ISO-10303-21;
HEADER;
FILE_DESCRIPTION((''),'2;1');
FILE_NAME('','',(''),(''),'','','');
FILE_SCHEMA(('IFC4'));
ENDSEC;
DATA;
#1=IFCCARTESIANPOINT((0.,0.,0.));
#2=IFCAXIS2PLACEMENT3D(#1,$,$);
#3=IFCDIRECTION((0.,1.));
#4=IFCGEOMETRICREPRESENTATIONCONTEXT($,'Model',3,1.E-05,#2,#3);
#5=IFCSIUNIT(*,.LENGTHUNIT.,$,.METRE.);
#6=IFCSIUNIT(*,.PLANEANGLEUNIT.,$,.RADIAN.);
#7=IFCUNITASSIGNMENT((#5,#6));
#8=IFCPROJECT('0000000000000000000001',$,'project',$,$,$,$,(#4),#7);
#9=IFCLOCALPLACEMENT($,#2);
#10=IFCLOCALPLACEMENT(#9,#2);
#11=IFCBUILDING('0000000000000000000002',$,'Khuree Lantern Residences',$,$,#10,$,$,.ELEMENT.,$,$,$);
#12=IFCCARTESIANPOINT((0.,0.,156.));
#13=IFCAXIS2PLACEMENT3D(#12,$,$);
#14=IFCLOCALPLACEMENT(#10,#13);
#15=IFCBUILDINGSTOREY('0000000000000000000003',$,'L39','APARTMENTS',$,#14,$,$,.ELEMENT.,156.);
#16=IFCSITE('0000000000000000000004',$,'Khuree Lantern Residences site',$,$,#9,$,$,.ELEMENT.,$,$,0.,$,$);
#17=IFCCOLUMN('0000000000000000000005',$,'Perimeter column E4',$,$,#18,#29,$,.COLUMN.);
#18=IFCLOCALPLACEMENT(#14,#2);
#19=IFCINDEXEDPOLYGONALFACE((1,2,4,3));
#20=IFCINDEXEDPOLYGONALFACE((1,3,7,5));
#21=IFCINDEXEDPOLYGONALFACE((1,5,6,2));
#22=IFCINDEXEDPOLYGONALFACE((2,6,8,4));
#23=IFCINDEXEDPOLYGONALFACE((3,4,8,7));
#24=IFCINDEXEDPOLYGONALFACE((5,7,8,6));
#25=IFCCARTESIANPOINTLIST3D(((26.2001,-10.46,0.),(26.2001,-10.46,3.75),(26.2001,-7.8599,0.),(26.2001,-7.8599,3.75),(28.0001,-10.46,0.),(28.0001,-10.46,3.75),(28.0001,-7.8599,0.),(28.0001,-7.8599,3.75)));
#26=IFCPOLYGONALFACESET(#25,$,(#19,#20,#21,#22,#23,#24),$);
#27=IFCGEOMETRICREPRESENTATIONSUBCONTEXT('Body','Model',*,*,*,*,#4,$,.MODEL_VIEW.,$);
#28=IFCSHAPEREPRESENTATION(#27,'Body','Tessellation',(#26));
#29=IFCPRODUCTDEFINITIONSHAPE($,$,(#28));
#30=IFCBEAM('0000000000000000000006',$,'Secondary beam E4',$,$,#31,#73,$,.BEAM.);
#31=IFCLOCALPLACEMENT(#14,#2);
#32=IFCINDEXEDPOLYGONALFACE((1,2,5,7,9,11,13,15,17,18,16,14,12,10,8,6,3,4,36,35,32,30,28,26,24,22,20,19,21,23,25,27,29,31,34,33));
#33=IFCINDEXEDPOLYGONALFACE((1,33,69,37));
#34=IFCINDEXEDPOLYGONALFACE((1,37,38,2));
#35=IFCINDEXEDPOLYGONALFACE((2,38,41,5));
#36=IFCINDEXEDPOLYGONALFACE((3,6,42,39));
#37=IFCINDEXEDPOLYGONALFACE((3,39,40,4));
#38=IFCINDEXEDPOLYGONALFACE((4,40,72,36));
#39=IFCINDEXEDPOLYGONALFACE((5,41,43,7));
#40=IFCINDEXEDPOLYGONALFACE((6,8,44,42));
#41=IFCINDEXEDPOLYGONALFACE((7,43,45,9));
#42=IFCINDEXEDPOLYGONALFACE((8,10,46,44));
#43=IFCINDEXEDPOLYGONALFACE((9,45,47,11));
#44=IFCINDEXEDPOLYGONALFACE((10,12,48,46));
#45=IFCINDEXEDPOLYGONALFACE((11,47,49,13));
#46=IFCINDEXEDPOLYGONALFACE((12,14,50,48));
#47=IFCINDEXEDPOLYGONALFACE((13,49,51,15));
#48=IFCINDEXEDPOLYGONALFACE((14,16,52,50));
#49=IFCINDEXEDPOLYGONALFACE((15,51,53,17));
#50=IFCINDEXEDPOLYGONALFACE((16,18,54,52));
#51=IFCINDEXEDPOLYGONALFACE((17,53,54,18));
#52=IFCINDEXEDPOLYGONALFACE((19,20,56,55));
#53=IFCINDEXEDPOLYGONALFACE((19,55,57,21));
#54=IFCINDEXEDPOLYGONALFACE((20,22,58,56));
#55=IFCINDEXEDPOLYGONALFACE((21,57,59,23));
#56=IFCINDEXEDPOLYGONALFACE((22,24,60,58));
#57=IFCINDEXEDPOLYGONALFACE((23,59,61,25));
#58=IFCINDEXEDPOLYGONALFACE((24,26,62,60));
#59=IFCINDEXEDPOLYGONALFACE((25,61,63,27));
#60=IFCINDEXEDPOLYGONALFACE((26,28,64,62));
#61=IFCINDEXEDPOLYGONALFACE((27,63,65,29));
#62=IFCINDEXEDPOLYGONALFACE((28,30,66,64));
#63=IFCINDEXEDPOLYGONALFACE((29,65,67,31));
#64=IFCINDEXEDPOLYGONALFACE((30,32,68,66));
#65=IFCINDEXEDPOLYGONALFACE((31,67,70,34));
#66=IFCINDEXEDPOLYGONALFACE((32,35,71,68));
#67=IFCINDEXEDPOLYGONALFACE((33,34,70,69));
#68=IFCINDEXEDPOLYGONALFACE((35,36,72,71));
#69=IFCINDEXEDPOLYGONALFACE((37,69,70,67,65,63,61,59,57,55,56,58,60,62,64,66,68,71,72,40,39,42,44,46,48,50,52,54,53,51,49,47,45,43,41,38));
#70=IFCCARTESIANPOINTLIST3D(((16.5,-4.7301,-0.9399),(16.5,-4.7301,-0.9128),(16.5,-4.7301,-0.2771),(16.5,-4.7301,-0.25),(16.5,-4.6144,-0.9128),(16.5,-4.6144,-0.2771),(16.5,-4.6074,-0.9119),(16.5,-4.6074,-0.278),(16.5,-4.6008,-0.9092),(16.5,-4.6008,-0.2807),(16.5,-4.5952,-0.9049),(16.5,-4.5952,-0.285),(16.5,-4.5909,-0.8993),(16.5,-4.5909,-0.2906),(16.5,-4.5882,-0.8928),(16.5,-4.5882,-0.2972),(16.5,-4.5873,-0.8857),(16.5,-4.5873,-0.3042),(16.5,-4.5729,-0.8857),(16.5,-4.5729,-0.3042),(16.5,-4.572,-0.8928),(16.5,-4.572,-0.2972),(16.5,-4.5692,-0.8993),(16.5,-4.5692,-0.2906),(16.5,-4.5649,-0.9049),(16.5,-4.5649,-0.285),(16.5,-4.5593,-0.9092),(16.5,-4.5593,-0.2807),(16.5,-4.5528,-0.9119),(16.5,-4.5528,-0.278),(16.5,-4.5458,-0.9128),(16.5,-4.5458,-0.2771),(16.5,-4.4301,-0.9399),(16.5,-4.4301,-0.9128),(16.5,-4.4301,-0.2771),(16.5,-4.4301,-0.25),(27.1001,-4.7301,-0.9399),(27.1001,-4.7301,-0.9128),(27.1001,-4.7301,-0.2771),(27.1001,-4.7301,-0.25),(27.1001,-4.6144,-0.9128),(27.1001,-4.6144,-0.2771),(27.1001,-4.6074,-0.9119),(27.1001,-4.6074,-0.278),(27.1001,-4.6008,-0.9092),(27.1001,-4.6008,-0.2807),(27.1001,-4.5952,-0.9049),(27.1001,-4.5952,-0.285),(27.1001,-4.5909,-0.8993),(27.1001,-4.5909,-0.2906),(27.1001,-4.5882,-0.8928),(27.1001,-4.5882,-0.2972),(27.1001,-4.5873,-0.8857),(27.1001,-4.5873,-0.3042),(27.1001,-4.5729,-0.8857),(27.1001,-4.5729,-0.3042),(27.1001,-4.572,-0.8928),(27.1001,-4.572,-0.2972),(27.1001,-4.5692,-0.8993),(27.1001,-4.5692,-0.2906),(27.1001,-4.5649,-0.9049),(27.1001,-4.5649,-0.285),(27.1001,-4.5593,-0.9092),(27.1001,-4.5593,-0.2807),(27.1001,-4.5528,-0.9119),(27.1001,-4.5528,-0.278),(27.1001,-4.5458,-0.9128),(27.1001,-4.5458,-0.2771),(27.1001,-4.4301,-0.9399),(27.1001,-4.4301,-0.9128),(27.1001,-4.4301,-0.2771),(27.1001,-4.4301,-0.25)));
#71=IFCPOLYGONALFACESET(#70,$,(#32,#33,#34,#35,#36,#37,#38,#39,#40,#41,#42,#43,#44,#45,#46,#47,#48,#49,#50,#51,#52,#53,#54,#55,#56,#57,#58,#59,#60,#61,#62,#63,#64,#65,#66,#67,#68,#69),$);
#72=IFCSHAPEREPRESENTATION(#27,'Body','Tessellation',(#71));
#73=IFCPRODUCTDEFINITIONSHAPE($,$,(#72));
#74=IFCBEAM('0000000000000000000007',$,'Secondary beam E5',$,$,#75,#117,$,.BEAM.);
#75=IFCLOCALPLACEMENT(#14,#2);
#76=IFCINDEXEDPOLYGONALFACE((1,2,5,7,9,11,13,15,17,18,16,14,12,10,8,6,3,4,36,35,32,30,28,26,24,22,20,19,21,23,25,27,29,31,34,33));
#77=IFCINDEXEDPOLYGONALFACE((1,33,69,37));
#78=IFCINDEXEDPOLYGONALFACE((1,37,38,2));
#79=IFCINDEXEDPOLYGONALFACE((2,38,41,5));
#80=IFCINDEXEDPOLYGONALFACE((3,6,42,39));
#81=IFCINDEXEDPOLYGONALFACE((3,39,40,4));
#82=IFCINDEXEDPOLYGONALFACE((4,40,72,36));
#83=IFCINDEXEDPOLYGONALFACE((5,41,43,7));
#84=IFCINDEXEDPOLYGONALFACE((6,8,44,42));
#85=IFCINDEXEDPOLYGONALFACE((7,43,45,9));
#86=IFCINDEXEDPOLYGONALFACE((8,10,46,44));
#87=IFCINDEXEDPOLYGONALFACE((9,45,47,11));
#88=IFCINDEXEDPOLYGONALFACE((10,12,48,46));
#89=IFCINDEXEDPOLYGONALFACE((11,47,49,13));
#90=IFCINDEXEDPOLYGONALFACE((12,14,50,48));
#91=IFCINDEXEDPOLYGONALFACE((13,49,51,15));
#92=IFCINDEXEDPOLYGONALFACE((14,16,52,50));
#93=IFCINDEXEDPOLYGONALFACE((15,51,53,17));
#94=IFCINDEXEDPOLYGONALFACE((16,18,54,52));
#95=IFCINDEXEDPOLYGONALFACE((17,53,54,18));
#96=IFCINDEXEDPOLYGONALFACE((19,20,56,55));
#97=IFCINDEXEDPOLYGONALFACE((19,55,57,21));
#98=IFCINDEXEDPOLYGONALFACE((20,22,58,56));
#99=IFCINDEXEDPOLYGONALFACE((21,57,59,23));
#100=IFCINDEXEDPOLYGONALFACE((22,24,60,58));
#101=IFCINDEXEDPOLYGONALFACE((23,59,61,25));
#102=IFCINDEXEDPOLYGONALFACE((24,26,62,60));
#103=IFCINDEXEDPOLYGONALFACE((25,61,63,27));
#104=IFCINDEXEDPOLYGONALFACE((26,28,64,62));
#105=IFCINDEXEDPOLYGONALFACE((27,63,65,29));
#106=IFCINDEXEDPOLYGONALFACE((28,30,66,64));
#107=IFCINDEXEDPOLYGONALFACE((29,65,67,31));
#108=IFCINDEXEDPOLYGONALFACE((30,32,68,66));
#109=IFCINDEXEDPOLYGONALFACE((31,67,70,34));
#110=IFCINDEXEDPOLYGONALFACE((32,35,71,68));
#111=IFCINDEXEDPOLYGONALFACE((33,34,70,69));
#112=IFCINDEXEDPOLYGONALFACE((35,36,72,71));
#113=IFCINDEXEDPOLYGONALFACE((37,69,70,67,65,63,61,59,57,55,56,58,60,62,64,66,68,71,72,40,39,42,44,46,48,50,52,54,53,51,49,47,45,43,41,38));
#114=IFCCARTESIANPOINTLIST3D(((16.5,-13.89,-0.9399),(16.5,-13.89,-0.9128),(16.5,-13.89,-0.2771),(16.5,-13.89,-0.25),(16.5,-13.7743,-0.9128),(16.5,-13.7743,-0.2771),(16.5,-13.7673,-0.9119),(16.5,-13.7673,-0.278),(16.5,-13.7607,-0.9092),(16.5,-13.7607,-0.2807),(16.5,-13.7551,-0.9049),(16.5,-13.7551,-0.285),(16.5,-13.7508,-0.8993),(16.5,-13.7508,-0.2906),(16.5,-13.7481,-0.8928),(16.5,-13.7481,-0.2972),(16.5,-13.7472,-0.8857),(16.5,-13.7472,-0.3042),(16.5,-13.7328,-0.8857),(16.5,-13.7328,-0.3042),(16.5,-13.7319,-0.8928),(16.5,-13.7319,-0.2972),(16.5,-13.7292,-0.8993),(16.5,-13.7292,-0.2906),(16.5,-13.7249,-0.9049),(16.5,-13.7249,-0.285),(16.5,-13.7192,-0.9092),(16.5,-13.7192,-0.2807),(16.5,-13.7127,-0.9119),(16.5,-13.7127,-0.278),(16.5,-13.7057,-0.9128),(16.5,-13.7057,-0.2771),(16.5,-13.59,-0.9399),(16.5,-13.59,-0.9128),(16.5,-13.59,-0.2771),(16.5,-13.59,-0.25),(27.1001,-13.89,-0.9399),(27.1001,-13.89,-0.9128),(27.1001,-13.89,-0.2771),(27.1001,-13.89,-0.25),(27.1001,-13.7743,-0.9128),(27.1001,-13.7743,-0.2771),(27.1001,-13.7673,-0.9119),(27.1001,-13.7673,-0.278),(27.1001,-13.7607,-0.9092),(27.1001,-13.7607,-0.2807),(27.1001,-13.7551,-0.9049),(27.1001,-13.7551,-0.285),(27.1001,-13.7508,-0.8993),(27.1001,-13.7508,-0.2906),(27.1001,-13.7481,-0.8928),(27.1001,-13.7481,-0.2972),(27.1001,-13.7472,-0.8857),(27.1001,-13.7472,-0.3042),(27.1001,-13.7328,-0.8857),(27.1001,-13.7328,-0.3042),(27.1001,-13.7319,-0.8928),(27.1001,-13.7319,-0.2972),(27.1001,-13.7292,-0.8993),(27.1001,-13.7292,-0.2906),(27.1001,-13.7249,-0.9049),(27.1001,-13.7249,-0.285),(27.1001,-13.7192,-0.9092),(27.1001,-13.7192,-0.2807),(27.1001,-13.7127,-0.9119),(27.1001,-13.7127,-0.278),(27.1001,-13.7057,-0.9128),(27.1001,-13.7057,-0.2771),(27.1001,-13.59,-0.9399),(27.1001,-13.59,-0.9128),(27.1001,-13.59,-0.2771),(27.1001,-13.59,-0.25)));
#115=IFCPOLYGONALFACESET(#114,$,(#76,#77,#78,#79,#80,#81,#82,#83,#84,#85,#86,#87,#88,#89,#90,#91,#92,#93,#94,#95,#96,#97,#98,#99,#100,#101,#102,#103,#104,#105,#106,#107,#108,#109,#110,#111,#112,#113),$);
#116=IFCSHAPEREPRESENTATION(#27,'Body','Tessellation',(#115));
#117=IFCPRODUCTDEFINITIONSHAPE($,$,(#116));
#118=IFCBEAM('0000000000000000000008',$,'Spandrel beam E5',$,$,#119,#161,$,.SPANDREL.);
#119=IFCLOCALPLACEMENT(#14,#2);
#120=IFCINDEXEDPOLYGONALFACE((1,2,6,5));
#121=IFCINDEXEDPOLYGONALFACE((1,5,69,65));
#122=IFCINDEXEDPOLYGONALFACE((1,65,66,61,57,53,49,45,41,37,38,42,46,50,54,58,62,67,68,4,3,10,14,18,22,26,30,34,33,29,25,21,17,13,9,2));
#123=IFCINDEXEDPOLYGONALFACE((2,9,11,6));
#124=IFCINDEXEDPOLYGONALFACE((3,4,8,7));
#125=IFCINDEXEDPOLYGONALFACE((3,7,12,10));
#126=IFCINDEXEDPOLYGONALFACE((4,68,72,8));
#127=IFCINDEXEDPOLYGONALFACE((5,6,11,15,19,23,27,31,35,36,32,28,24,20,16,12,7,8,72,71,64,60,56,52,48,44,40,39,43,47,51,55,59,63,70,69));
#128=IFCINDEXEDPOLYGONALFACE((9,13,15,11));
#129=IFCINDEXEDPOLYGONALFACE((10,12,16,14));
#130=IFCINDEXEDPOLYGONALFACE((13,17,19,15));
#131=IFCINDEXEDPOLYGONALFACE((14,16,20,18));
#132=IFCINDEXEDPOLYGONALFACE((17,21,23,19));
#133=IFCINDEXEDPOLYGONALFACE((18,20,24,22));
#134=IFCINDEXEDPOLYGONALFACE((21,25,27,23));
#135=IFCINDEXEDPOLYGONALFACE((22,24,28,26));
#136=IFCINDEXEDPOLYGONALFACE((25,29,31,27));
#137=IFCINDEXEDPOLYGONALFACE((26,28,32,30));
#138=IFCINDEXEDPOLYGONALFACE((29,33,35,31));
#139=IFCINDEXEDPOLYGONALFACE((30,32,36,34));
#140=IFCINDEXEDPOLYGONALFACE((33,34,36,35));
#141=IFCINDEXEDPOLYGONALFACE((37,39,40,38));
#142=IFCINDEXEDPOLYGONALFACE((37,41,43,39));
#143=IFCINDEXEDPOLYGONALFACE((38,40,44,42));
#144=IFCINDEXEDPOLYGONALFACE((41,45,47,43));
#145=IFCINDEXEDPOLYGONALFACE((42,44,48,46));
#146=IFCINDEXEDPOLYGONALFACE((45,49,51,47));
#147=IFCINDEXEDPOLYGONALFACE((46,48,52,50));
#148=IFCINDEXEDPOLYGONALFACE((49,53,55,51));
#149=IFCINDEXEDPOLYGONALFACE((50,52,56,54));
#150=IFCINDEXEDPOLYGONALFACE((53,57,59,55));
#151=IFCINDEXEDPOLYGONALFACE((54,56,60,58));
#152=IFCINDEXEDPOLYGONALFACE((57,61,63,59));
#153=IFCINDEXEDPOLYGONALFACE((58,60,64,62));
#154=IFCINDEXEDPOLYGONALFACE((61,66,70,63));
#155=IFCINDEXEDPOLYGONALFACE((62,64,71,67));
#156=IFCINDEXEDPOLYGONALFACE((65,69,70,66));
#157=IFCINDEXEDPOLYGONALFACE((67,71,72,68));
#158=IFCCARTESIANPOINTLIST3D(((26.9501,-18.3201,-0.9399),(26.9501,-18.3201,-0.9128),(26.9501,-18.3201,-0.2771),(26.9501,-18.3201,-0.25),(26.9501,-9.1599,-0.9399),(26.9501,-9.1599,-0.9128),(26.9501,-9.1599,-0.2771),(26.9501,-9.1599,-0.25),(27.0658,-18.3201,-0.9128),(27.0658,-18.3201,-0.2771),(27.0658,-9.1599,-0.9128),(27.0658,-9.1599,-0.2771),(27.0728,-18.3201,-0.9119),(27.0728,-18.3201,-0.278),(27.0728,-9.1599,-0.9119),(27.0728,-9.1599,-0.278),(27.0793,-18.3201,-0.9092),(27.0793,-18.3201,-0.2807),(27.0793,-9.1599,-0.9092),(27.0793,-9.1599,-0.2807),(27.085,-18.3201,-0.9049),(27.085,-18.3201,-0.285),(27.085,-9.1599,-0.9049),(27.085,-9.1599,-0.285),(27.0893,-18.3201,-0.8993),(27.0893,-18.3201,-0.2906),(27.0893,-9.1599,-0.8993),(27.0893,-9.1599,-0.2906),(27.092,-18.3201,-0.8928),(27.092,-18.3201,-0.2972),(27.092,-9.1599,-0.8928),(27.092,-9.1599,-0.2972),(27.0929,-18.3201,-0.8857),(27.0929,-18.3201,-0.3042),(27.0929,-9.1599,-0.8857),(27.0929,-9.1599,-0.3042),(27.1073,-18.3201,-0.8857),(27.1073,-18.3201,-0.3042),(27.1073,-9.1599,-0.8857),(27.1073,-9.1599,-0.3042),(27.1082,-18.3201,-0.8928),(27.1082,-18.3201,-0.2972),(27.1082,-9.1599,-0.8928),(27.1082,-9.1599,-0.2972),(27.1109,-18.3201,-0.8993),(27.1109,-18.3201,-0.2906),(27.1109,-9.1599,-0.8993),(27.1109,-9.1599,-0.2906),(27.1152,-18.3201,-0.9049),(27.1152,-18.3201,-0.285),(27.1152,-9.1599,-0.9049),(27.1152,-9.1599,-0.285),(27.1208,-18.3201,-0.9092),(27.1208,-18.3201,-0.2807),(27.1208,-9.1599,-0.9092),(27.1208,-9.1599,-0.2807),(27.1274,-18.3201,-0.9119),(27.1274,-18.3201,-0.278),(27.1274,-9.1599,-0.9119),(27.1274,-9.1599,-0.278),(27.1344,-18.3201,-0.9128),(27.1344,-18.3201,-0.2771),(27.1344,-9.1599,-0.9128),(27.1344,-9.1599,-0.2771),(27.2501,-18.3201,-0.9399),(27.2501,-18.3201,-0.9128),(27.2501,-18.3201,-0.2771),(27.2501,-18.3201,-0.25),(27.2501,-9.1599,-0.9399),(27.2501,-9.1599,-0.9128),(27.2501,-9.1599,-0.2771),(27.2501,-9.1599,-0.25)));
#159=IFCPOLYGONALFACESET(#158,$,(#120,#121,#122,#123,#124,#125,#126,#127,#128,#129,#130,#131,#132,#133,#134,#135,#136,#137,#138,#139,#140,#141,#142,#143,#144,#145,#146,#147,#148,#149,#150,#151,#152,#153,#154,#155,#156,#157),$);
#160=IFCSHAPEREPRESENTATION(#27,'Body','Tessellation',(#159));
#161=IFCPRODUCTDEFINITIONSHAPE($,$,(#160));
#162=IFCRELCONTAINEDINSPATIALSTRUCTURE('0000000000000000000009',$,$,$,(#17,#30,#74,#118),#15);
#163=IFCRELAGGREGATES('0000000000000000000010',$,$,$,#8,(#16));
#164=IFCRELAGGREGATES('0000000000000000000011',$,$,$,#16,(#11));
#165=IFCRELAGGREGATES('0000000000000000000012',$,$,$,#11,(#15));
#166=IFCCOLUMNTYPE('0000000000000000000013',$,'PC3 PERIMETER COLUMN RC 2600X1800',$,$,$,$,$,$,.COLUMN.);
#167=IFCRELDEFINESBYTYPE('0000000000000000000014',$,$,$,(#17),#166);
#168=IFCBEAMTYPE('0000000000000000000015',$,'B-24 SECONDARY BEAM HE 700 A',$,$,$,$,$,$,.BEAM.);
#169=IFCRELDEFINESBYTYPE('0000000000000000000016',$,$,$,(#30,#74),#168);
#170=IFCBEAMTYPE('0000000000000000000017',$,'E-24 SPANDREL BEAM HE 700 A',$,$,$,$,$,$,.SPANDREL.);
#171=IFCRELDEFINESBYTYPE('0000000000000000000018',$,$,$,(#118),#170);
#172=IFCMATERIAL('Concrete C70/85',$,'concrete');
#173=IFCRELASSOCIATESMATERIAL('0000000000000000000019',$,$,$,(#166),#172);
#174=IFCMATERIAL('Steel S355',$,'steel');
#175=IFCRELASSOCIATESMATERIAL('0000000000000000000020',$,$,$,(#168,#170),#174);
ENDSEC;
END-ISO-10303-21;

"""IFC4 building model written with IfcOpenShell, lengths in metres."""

from ifc_helpers import new_model, si_unit, direction, frame, origin, origin_2d, place, context, subcontext, project, spatial, rectangle, i_section, extrude, material, material_profile, profile_set, type_object, element, save


model = new_model("IFC4")

# Units and contexts
model_context = context("Model", 3, precision=1e-05, world=origin(), true_north=direction((0.0, 1.0)))
body_context = subcontext(model_context, "Body", "Model", "MODEL_VIEW")
ifc_project = project(units=[si_unit("LENGTHUNIT", "METRE"), si_unit("PLANEANGLEUNIT", "RADIAN")], contexts=[model_context])

# Site, building, storey
site_placement = place(None, origin())
site = spatial("IfcSite", under=ifc_project, at=site_placement, Name="Khuree Lantern Residences site", CompositionType="ELEMENT", RefElevation=0.0)
building_placement = place(site_placement, origin())
building = spatial("IfcBuilding", under=site, at=building_placement, Name="Khuree Lantern Residences", CompositionType="ELEMENT")
storey_placement = place(building_placement, frame((0.0, 0.0, 156.0)))
storey = spatial("IfcBuildingStorey", under=building, at=storey_placement, Name="L39", Description="APARTMENTS", CompositionType="ELEMENT", Elevation=156.0)

# Column
ifc_material_1 = material(Name="Concrete C70/85", Category="concrete")
ifc_material_profile_1 = material_profile(ifc_material_1, rectangle(XDim=2.6001, YDim=1.8, at=origin_2d()), Name="RC 2600X1800")
ifc_profile_set_1 = profile_set([ifc_material_profile_1], Name="Concrete C70/85")
column_type = type_object("IfcColumnType", Name="PC3 PERIMETER COLUMN RC 2600X1800", PredefinedType="COLUMN", material=ifc_profile_set_1)
column_placement = place(storey_placement, frame((27.1001, -9.1599, 0.0), z_axis=(0.0, 0.0, 1.0), x_axis=(0.0, 1.0, 0.0)))
element("IfcColumn", 1, at=column_placement, inside=storey, type_object=column_type, Name="Perimeter column E4", PredefinedType="COLUMN", context=body_context, shape_type="SweptSolid", body=[
    extrude(rectangle(XDim=2.6001, YDim=1.8, at=origin_2d()), origin(), (0.0, 0.0, 1.0), 3.75),
])

# Beams
ifc_material_2 = material(Name="Steel S355", Category="steel")
ifc_material_profile_2 = material_profile(ifc_material_2, i_section(OverallWidth=0.3, OverallDepth=0.6899, WebThickness=0.0144, FlangeThickness=0.0271, FilletRadius=0.0271, at=origin_2d()), Name="HE 700 A")
ifc_profile_set_2 = profile_set([ifc_material_profile_2], Name="Steel S355")
beam_type_1 = type_object("IfcBeamType", Name="B-24 SECONDARY BEAM HE 700 A", PredefinedType="BEAM", material=ifc_profile_set_2)
for number, where, z_axis, x_axis, name in (
    (2, (27.1001, -4.5801, -0.595), (-1.0, 0.0, 0.0), (0.0, -1.0, 0.0), "Secondary beam E4"),
    (3, (27.1001, -13.74, -0.595), (-1.0, 0.0, 0.0), (0.0, -1.0, 0.0), "Secondary beam E5"),
):
    element("IfcBeam", number, at=place(storey_placement, frame(where, z_axis=z_axis, x_axis=x_axis)), inside=storey, type_object=beam_type_1, Name=name, PredefinedType="BEAM", context=body_context, shape_type="SweptSolid", body=[
        extrude(i_section(OverallWidth=0.3, OverallDepth=0.6899, WebThickness=0.0144, FlangeThickness=0.0271, FilletRadius=0.0271, at=origin_2d()), origin(), (0.0, 0.0, 1.0), 10.6001),
    ])
ifc_material_profile_3 = material_profile(ifc_material_2, i_section(OverallWidth=0.3, OverallDepth=0.6899, WebThickness=0.0144, FlangeThickness=0.0271, FilletRadius=0.0271, at=origin_2d()), Name="HE 700 A")
ifc_profile_set_3 = profile_set([ifc_material_profile_3], Name="Steel S355")
beam_type_2 = type_object("IfcBeamType", Name="E-24 SPANDREL BEAM HE 700 A", PredefinedType="SPANDREL", material=ifc_profile_set_3)
beam_1_placement = place(storey_placement, frame((27.1001, -9.1599, -0.595), z_axis=(0.0, -1.0, 0.0), x_axis=(1.0, 0.0, 0.0)))
element("IfcBeam", 4, at=beam_1_placement, inside=storey, type_object=beam_type_2, Name="Spandrel beam E5", PredefinedType="SPANDREL", context=body_context, shape_type="SweptSolid", body=[
    extrude(i_section(OverallWidth=0.3, OverallDepth=0.6899, WebThickness=0.0144, FlangeThickness=0.0271, FilletRadius=0.0271, at=origin_2d()), origin(), (0.0, 0.0, 1.0), 9.1602),
])

save(model, "model.ifc")
